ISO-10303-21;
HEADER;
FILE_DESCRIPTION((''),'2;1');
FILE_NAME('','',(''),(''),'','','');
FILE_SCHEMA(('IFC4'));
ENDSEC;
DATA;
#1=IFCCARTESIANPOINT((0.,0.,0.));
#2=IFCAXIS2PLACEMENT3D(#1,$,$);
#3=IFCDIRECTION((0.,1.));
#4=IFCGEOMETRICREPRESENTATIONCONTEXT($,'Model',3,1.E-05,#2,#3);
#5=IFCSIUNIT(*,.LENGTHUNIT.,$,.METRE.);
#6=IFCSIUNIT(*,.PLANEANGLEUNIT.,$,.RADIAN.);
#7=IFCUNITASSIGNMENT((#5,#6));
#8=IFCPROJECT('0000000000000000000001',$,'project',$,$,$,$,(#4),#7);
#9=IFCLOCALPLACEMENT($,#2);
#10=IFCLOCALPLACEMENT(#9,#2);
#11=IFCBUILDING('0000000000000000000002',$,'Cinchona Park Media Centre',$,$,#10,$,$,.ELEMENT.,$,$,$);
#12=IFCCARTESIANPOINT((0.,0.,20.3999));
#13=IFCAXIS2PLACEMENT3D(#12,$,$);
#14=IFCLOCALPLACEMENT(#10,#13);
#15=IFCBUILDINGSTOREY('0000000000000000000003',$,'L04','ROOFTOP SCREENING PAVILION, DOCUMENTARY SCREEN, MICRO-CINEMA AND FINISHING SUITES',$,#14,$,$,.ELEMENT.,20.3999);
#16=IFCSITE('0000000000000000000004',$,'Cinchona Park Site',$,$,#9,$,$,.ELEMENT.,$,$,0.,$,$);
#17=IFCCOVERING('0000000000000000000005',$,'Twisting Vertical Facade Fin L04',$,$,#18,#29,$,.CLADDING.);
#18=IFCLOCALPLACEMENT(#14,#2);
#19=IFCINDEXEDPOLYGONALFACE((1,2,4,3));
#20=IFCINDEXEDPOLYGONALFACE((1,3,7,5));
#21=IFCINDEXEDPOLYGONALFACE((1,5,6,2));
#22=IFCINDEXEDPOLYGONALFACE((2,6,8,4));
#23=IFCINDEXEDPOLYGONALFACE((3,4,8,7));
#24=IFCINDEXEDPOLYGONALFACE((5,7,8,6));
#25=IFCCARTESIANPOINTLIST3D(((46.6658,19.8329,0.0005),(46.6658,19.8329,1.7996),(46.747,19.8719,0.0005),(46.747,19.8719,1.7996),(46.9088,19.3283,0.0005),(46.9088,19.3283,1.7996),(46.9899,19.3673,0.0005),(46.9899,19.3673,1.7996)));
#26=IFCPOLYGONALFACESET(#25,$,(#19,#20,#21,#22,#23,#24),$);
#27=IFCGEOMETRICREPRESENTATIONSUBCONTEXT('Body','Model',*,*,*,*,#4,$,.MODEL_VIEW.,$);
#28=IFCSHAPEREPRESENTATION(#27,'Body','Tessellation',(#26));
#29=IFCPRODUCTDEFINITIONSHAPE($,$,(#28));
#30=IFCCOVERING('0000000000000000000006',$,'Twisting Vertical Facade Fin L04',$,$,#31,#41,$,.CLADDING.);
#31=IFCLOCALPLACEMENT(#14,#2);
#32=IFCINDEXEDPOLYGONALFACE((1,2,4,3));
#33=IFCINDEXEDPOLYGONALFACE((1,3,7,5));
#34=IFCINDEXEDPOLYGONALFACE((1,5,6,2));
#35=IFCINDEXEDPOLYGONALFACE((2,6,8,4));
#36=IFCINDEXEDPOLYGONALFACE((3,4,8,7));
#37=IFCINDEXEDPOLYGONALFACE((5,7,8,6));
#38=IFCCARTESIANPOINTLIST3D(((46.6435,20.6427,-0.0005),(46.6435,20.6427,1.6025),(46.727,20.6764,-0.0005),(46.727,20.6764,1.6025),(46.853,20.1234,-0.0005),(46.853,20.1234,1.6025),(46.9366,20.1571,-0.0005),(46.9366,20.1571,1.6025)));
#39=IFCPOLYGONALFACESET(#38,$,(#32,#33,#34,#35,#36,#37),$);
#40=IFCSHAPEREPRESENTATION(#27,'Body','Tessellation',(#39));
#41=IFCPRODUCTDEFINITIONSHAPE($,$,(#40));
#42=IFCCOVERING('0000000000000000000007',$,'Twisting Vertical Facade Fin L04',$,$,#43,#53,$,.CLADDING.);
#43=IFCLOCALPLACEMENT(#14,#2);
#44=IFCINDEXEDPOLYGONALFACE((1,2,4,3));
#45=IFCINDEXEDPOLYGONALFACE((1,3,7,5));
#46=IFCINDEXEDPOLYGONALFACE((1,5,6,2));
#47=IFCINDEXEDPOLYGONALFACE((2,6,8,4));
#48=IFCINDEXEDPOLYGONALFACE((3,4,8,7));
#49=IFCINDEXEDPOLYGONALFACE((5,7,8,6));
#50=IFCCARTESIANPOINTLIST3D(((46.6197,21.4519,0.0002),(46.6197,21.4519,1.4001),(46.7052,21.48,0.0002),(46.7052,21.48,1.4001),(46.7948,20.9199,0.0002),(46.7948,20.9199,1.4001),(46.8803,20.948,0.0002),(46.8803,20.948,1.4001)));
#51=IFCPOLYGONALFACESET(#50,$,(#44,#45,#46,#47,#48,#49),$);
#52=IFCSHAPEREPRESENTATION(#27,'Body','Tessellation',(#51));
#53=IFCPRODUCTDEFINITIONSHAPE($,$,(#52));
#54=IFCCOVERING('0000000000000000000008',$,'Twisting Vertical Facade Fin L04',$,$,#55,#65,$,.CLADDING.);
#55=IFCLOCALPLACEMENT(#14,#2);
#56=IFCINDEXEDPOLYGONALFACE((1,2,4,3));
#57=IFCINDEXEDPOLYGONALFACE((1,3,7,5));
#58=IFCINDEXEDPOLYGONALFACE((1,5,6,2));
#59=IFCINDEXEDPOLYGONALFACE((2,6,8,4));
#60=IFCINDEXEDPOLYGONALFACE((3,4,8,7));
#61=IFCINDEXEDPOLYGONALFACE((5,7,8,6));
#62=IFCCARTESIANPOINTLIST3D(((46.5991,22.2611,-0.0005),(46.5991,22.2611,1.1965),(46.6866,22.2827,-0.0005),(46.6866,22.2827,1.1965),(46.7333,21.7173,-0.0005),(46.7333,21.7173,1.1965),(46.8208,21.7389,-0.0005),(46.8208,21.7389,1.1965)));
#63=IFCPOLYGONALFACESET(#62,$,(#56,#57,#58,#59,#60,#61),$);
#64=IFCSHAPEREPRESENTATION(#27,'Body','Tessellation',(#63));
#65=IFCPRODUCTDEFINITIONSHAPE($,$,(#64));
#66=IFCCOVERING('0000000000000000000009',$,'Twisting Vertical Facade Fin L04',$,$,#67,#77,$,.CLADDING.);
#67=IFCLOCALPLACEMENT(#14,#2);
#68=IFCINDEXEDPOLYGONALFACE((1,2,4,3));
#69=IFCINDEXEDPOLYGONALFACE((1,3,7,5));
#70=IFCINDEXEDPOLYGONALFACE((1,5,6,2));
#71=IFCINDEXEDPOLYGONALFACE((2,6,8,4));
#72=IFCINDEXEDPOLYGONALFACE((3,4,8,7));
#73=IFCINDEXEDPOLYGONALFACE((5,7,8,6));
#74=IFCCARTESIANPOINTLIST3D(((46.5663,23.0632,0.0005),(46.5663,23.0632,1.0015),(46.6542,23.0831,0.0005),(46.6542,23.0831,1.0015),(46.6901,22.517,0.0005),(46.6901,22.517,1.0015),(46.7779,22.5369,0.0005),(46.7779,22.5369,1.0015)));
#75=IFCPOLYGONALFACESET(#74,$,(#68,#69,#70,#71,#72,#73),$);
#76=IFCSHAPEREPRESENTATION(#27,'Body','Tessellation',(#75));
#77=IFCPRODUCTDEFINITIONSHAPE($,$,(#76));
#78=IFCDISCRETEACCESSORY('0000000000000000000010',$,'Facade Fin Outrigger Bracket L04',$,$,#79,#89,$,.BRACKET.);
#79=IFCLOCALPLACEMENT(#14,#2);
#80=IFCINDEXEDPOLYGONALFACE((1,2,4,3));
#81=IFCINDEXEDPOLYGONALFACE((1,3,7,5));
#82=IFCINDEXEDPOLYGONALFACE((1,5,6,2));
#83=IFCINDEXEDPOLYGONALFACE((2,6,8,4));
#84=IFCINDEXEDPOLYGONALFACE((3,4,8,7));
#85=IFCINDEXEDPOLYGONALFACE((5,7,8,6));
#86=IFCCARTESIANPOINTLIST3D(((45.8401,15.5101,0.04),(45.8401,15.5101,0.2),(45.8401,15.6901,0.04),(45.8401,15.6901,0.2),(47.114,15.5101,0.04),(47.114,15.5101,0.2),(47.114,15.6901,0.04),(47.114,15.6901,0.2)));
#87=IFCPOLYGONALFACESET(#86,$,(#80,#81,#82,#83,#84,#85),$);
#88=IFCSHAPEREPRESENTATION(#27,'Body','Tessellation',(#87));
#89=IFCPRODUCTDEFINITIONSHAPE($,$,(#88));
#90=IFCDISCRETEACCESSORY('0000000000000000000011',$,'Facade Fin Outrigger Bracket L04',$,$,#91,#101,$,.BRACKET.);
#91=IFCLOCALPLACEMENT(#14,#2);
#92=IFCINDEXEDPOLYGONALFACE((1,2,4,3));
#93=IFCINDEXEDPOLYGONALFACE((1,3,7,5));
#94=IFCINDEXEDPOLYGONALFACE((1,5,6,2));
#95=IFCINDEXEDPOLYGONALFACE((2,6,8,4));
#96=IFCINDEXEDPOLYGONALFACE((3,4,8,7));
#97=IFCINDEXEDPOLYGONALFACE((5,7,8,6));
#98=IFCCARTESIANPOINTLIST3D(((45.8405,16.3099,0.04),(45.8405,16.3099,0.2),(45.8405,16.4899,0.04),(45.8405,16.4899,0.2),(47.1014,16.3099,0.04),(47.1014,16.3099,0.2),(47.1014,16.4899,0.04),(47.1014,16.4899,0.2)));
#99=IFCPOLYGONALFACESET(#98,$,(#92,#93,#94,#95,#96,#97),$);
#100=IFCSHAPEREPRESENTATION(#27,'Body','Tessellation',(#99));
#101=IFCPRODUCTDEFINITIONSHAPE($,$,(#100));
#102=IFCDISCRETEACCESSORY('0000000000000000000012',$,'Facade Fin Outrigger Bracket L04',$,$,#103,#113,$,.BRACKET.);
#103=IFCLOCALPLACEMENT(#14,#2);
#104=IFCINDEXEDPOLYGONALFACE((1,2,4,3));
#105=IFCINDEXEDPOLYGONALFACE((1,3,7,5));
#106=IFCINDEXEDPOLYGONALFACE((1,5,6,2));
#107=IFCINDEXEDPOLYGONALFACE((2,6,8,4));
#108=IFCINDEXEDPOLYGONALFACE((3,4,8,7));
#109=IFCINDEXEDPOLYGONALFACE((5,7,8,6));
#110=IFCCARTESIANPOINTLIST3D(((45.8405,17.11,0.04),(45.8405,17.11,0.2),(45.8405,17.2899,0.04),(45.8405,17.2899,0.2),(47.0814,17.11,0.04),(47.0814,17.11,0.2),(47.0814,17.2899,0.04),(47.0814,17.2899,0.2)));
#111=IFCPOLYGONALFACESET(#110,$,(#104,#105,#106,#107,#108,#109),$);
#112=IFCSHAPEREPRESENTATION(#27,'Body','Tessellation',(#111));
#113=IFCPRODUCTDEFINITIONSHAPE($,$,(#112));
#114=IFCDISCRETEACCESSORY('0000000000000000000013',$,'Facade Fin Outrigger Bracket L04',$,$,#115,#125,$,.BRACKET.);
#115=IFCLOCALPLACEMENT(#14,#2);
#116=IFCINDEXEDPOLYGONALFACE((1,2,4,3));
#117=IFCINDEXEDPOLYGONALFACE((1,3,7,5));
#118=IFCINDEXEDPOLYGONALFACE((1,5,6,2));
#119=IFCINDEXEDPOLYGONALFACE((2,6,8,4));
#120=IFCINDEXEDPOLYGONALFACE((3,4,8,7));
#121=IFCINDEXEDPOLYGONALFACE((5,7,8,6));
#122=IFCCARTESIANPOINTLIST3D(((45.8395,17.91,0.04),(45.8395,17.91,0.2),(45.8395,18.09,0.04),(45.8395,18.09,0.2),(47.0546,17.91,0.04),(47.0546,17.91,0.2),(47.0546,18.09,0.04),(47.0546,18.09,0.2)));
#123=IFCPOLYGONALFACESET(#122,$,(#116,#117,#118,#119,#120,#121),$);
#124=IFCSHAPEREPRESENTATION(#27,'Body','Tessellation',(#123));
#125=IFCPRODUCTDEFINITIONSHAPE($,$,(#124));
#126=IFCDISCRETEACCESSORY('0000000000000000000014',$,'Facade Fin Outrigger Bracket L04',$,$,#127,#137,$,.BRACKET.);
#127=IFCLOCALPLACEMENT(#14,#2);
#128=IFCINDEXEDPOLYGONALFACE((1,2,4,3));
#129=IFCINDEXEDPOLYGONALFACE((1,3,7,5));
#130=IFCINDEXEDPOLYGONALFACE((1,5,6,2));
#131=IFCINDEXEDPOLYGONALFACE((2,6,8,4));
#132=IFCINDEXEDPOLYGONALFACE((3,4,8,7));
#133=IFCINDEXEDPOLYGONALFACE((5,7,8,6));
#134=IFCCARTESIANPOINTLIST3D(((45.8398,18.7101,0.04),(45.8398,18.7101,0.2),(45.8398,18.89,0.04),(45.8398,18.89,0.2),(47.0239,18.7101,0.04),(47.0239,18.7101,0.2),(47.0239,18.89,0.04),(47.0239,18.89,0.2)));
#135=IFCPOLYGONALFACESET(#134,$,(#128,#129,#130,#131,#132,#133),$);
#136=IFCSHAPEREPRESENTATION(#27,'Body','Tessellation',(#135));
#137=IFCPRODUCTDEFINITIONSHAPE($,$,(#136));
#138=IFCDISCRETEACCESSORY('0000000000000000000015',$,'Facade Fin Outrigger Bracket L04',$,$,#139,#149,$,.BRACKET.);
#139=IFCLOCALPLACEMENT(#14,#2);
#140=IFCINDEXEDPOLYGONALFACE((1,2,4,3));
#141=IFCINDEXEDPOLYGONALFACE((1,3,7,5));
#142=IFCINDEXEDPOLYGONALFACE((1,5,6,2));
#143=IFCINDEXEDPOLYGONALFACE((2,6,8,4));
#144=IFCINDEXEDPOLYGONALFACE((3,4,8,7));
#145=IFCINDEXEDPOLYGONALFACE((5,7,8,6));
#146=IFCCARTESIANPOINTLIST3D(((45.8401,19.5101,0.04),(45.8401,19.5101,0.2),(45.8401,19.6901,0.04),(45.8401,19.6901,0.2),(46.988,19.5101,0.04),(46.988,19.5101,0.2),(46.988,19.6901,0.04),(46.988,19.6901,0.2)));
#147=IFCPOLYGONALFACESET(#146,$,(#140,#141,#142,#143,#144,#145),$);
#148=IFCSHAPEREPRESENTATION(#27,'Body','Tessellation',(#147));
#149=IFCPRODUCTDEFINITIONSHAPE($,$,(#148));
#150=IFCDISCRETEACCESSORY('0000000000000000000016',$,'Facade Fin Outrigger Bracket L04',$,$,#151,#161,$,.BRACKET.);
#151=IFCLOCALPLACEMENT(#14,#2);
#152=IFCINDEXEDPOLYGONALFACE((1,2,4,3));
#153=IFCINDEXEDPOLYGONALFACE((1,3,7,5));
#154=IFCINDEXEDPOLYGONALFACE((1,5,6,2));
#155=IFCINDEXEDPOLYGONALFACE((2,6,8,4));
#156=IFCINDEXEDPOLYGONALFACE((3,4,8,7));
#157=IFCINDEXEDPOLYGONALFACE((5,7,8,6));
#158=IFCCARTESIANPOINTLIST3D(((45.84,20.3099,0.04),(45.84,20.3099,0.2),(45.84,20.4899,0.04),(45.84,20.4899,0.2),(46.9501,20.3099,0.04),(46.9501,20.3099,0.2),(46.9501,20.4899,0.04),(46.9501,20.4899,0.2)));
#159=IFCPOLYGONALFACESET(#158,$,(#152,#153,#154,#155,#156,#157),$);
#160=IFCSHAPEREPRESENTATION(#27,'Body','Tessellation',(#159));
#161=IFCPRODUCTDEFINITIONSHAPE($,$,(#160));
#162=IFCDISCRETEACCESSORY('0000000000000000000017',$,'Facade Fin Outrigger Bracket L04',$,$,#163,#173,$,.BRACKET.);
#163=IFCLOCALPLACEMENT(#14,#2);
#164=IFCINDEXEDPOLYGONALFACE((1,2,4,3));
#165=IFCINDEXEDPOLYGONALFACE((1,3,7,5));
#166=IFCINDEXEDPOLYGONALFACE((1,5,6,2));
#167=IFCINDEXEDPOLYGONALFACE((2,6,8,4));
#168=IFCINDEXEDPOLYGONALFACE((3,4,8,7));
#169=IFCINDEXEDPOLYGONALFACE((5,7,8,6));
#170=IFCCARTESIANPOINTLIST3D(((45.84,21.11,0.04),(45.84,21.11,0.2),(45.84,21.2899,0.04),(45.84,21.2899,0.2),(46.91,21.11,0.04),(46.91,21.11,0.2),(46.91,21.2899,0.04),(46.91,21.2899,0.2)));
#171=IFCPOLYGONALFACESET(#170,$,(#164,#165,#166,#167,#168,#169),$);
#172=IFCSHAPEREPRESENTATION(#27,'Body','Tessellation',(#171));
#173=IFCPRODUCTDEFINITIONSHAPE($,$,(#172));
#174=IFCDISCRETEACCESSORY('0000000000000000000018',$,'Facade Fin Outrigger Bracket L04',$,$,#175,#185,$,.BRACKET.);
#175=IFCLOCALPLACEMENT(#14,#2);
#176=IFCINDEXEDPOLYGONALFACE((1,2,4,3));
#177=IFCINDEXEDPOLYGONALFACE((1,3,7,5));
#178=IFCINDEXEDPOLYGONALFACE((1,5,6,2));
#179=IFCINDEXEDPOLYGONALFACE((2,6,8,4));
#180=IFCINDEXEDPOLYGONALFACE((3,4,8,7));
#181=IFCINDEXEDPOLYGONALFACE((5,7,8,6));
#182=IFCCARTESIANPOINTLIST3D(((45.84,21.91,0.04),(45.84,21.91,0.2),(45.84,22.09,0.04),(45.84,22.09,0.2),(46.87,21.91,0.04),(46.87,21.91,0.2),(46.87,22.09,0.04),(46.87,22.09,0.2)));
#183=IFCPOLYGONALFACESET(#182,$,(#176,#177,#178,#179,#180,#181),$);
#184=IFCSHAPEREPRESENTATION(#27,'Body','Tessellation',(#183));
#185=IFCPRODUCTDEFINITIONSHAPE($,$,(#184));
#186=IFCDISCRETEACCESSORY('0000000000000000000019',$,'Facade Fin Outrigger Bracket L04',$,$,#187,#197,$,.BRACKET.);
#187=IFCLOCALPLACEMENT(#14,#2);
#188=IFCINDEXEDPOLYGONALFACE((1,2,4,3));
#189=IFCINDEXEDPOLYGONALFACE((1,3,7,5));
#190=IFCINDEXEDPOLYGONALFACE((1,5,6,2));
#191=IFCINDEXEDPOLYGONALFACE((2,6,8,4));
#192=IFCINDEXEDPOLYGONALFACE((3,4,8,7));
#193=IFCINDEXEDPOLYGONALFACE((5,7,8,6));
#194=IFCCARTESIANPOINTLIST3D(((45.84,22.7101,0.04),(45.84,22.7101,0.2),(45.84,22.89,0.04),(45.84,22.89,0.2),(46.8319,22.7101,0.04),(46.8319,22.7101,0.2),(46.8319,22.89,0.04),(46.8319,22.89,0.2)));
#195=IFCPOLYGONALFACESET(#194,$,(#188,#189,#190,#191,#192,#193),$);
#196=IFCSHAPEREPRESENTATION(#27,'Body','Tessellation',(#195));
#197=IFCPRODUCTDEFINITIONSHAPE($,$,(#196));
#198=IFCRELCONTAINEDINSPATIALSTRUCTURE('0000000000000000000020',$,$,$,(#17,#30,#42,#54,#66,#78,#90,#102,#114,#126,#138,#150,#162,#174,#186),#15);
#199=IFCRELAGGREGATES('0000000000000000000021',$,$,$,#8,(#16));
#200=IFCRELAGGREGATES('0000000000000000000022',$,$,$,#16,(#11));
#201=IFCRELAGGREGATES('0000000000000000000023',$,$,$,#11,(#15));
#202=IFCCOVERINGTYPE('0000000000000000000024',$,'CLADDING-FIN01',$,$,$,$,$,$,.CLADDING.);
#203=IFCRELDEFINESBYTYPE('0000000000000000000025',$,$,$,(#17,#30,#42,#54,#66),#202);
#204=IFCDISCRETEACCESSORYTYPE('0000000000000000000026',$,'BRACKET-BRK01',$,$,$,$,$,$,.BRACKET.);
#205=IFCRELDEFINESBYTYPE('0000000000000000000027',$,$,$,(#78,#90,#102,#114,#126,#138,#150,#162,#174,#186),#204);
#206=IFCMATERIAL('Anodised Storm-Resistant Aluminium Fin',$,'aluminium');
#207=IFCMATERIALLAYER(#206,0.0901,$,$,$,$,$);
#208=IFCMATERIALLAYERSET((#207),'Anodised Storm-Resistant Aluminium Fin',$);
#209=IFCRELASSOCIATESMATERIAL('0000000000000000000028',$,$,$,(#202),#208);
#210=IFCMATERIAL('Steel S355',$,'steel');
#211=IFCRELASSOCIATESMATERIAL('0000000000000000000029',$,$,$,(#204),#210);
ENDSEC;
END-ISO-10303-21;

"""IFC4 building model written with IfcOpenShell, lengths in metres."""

from ifc_helpers import new_model, si_unit, direction, frame, origin, origin_2d, place, context, subcontext, project, spatial, rectangle, extrude, material, layer, layer_set, type_object, element, save


model = new_model("IFC4")

# Units and contexts
model_context = context("Model", 3, precision=1e-05, world=origin(), true_north=direction((0.0, 1.0)))
body_context = subcontext(model_context, "Body", "Model", "MODEL_VIEW")
ifc_project = project(units=[si_unit("LENGTHUNIT", "METRE"), si_unit("PLANEANGLEUNIT", "RADIAN")], contexts=[model_context])

# Site, building, storey
site_placement = place(None, origin())
site = spatial("IfcSite", under=ifc_project, at=site_placement, Name="Cinchona Park Site", CompositionType="ELEMENT", RefElevation=0.0)
building_placement = place(site_placement, origin())
building = spatial("IfcBuilding", under=site, at=building_placement, Name="Cinchona Park Media Centre", CompositionType="ELEMENT")
storey_placement = place(building_placement, frame((0.0, 0.0, 20.3999)))
storey = spatial("IfcBuildingStorey", under=building, at=storey_placement, Name="L04", Description="ROOFTOP SCREENING PAVILION, DOCUMENTARY SCREEN, MICRO-CINEMA AND FINISHING SUITES", CompositionType="ELEMENT", Elevation=20.3999)

# Coverings
ifc_material_1 = material(Name="Anodised Storm-Resistant Aluminium Fin", Category="aluminium")
ifc_layer_1 = layer(ifc_material_1, 0.0901)
ifc_layer_set_1 = layer_set([ifc_layer_1], Name="Anodised Storm-Resistant Aluminium Fin")
covering_type = type_object("IfcCoveringType", Name="CLADDING-FIN01", PredefinedType="CLADDING", material=ifc_layer_set_1)
covering_1_placement = place(storey_placement, frame((46.8279, 19.6001, 0.0005), z_axis=(0.0, 0.0, 1.0), x_axis=(-0.433816, 0.901001, 0.0)))
element("IfcCovering", 1, at=covering_1_placement, inside=storey, type_object=covering_type, Name="Twisting Vertical Facade Fin L04", PredefinedType="CLADDING", context=body_context, shape_type="SweptSolid", body=[
    extrude(rectangle(XDim=0.5601, YDim=0.0901, at=origin_2d()), origin(), (0.0, 0.0, 1.0), 1.7991),
])
covering_2_placement = place(storey_placement, frame((46.79, 20.3999, -0.0005), z_axis=(0.0, 0.0, 1.0), x_axis=(-0.374121, 0.92738, 0.0)))
element("IfcCovering", 2, at=covering_2_placement, inside=storey, type_object=covering_type, Name="Twisting Vertical Facade Fin L04", PredefinedType="CLADDING", context=body_context, shape_type="SweptSolid", body=[
    extrude(rectangle(XDim=0.5601, YDim=0.0901, at=origin_2d()), origin(), (0.0, 0.0, 1.0), 1.603),
])
covering_3_placement = place(storey_placement, frame((46.75, 21.2, 0.0002), z_axis=(0.0, 0.0, 1.0), x_axis=(-0.312667, 0.949863, 0.0)))
element("IfcCovering", 3, at=covering_3_placement, inside=storey, type_object=covering_type, Name="Twisting Vertical Facade Fin L04", PredefinedType="CLADDING", context=body_context, shape_type="SweptSolid", body=[
    extrude(rectangle(XDim=0.5601, YDim=0.0901, at=origin_2d()), origin(), (0.0, 0.0, 1.0), 1.3999),
])
covering_4_placement = place(storey_placement, frame((46.71, 22.0, -0.0005), z_axis=(0.0, 0.0, 1.0), x_axis=(-0.23955, 0.970884, 0.0)))
element("IfcCovering", 4, at=covering_4_placement, inside=storey, type_object=covering_type, Name="Twisting Vertical Facade Fin L04", PredefinedType="CLADDING", context=body_context, shape_type="SweptSolid", body=[
    extrude(rectangle(XDim=0.5601, YDim=0.0901, at=origin_2d()), origin(), (0.0, 0.0, 1.0), 1.197),
])
covering_5_placement = place(storey_placement, frame((46.6721, 22.8, 0.0005), z_axis=(0.0, 0.0, 1.0), x_axis=(-0.221038, 0.975265, 0.0)))
element("IfcCovering", 5, at=covering_5_placement, inside=storey, type_object=covering_type, Name="Twisting Vertical Facade Fin L04", PredefinedType="CLADDING", context=body_context, shape_type="SweptSolid", body=[
    extrude(rectangle(XDim=0.5601, YDim=0.0901, at=origin_2d()), origin(), (0.0, 0.0, 1.0), 1.001),
])

# Discrete accessories
ifc_material_2 = material(Name="Steel S355", Category="steel")
discrete_accessory_type = type_object("IfcDiscreteAccessoryType", Name="BRACKET-BRK01", PredefinedType="BRACKET", material=ifc_material_2)
discrete_accessory_1_placement = place(storey_placement, frame((46.4771, 15.6001, 0.04), z_axis=(0.0, 0.0, 1.0), x_axis=(0.0, 1.0, 0.0)))
element("IfcDiscreteAccessory", 6, at=discrete_accessory_1_placement, inside=storey, type_object=discrete_accessory_type, Name="Facade Fin Outrigger Bracket L04", PredefinedType="BRACKET", context=body_context, shape_type="SweptSolid", body=[
    extrude(rectangle(XDim=0.1799, YDim=1.2739, at=origin_2d()), origin(), (0.0, 0.0, 1.0), 0.1599),
])
discrete_accessory_2_placement = place(storey_placement, frame((46.4709, 16.3999, 0.04), z_axis=(0.0, 0.0, 1.0), x_axis=(0.0, 1.0, 0.0)))
element("IfcDiscreteAccessory", 7, at=discrete_accessory_2_placement, inside=storey, type_object=discrete_accessory_type, Name="Facade Fin Outrigger Bracket L04", PredefinedType="BRACKET", context=body_context, shape_type="SweptSolid", body=[
    extrude(rectangle(XDim=0.1799, YDim=1.261, at=origin_2d()), origin(), (0.0, 0.0, 1.0), 0.1599),
])
discrete_accessory_3_placement = place(storey_placement, frame((46.4609, 17.2, 0.04), z_axis=(0.0, 0.0, 1.0), x_axis=(0.0, 1.0, 0.0)))
element("IfcDiscreteAccessory", 8, at=discrete_accessory_3_placement, inside=storey, type_object=discrete_accessory_type, Name="Facade Fin Outrigger Bracket L04", PredefinedType="BRACKET", context=body_context, shape_type="SweptSolid", body=[
    extrude(rectangle(XDim=0.1799, YDim=1.241, at=origin_2d()), origin(), (0.0, 0.0, 1.0), 0.1599),
])
discrete_accessory_4_placement = place(storey_placement, frame((46.447, 18.0, 0.04), z_axis=(0.0, 0.0, 1.0), x_axis=(0.0, 1.0, 0.0)))
element("IfcDiscreteAccessory", 9, at=discrete_accessory_4_placement, inside=storey, type_object=discrete_accessory_type, Name="Facade Fin Outrigger Bracket L04", PredefinedType="BRACKET", context=body_context, shape_type="SweptSolid", body=[
    extrude(rectangle(XDim=0.1799, YDim=1.2151, at=origin_2d()), origin(), (0.0, 0.0, 1.0), 0.1599),
])
discrete_accessory_5_placement = place(storey_placement, frame((46.4319, 18.8, 0.04), z_axis=(0.0, 0.0, 1.0), x_axis=(0.0, 1.0, 0.0)))
element("IfcDiscreteAccessory", 10, at=discrete_accessory_5_placement, inside=storey, type_object=discrete_accessory_type, Name="Facade Fin Outrigger Bracket L04", PredefinedType="BRACKET", context=body_context, shape_type="SweptSolid", body=[
    extrude(rectangle(XDim=0.1799, YDim=1.1841, at=origin_2d()), origin(), (0.0, 0.0, 1.0), 0.1599),
])
discrete_accessory_6_placement = place(storey_placement, frame((46.4141, 19.6001, 0.04), z_axis=(0.0, 0.0, 1.0), x_axis=(0.0, 1.0, 0.0)))
element("IfcDiscreteAccessory", 11, at=discrete_accessory_6_placement, inside=storey, type_object=discrete_accessory_type, Name="Facade Fin Outrigger Bracket L04", PredefinedType="BRACKET", context=body_context, shape_type="SweptSolid", body=[
    extrude(rectangle(XDim=0.1799, YDim=1.1479, at=origin_2d()), origin(), (0.0, 0.0, 1.0), 0.1599),
])
discrete_accessory_7_placement = place(storey_placement, frame((46.395, 20.3999, 0.04), z_axis=(0.0, 0.0, 1.0), x_axis=(0.0, 1.0, 0.0)))
element("IfcDiscreteAccessory", 12, at=discrete_accessory_7_placement, inside=storey, type_object=discrete_accessory_type, Name="Facade Fin Outrigger Bracket L04", PredefinedType="BRACKET", context=body_context, shape_type="SweptSolid", body=[
    extrude(rectangle(XDim=0.1799, YDim=1.1101, at=origin_2d()), origin(), (0.0, 0.0, 1.0), 0.1599),
])
discrete_accessory_8_placement = place(storey_placement, frame((46.375, 21.2, 0.04), z_axis=(0.0, 0.0, 1.0), x_axis=(0.0, 1.0, 0.0)))
element("IfcDiscreteAccessory", 13, at=discrete_accessory_8_placement, inside=storey, type_object=discrete_accessory_type, Name="Facade Fin Outrigger Bracket L04", PredefinedType="BRACKET", context=body_context, shape_type="SweptSolid", body=[
    extrude(rectangle(XDim=0.1799, YDim=1.0701, at=origin_2d()), origin(), (0.0, 0.0, 1.0), 0.1599),
])
discrete_accessory_9_placement = place(storey_placement, frame((46.355, 22.0, 0.04), z_axis=(0.0, 0.0, 1.0), x_axis=(0.0, 1.0, 0.0)))
element("IfcDiscreteAccessory", 14, at=discrete_accessory_9_placement, inside=storey, type_object=discrete_accessory_type, Name="Facade Fin Outrigger Bracket L04", PredefinedType="BRACKET", context=body_context, shape_type="SweptSolid", body=[
    extrude(rectangle(XDim=0.1799, YDim=1.03, at=origin_2d()), origin(), (0.0, 0.0, 1.0), 0.1599),
])
discrete_accessory_10_placement = place(storey_placement, frame((46.3359, 22.8, 0.04), z_axis=(0.0, 0.0, 1.0), x_axis=(0.0, 1.0, 0.0)))
element("IfcDiscreteAccessory", 15, at=discrete_accessory_10_placement, inside=storey, type_object=discrete_accessory_type, Name="Facade Fin Outrigger Bracket L04", PredefinedType="BRACKET", context=body_context, shape_type="SweptSolid", body=[
    extrude(rectangle(XDim=0.1799, YDim=0.9919, at=origin_2d()), origin(), (0.0, 0.0, 1.0), 0.1599),
])

save(model, "model.ifc")
